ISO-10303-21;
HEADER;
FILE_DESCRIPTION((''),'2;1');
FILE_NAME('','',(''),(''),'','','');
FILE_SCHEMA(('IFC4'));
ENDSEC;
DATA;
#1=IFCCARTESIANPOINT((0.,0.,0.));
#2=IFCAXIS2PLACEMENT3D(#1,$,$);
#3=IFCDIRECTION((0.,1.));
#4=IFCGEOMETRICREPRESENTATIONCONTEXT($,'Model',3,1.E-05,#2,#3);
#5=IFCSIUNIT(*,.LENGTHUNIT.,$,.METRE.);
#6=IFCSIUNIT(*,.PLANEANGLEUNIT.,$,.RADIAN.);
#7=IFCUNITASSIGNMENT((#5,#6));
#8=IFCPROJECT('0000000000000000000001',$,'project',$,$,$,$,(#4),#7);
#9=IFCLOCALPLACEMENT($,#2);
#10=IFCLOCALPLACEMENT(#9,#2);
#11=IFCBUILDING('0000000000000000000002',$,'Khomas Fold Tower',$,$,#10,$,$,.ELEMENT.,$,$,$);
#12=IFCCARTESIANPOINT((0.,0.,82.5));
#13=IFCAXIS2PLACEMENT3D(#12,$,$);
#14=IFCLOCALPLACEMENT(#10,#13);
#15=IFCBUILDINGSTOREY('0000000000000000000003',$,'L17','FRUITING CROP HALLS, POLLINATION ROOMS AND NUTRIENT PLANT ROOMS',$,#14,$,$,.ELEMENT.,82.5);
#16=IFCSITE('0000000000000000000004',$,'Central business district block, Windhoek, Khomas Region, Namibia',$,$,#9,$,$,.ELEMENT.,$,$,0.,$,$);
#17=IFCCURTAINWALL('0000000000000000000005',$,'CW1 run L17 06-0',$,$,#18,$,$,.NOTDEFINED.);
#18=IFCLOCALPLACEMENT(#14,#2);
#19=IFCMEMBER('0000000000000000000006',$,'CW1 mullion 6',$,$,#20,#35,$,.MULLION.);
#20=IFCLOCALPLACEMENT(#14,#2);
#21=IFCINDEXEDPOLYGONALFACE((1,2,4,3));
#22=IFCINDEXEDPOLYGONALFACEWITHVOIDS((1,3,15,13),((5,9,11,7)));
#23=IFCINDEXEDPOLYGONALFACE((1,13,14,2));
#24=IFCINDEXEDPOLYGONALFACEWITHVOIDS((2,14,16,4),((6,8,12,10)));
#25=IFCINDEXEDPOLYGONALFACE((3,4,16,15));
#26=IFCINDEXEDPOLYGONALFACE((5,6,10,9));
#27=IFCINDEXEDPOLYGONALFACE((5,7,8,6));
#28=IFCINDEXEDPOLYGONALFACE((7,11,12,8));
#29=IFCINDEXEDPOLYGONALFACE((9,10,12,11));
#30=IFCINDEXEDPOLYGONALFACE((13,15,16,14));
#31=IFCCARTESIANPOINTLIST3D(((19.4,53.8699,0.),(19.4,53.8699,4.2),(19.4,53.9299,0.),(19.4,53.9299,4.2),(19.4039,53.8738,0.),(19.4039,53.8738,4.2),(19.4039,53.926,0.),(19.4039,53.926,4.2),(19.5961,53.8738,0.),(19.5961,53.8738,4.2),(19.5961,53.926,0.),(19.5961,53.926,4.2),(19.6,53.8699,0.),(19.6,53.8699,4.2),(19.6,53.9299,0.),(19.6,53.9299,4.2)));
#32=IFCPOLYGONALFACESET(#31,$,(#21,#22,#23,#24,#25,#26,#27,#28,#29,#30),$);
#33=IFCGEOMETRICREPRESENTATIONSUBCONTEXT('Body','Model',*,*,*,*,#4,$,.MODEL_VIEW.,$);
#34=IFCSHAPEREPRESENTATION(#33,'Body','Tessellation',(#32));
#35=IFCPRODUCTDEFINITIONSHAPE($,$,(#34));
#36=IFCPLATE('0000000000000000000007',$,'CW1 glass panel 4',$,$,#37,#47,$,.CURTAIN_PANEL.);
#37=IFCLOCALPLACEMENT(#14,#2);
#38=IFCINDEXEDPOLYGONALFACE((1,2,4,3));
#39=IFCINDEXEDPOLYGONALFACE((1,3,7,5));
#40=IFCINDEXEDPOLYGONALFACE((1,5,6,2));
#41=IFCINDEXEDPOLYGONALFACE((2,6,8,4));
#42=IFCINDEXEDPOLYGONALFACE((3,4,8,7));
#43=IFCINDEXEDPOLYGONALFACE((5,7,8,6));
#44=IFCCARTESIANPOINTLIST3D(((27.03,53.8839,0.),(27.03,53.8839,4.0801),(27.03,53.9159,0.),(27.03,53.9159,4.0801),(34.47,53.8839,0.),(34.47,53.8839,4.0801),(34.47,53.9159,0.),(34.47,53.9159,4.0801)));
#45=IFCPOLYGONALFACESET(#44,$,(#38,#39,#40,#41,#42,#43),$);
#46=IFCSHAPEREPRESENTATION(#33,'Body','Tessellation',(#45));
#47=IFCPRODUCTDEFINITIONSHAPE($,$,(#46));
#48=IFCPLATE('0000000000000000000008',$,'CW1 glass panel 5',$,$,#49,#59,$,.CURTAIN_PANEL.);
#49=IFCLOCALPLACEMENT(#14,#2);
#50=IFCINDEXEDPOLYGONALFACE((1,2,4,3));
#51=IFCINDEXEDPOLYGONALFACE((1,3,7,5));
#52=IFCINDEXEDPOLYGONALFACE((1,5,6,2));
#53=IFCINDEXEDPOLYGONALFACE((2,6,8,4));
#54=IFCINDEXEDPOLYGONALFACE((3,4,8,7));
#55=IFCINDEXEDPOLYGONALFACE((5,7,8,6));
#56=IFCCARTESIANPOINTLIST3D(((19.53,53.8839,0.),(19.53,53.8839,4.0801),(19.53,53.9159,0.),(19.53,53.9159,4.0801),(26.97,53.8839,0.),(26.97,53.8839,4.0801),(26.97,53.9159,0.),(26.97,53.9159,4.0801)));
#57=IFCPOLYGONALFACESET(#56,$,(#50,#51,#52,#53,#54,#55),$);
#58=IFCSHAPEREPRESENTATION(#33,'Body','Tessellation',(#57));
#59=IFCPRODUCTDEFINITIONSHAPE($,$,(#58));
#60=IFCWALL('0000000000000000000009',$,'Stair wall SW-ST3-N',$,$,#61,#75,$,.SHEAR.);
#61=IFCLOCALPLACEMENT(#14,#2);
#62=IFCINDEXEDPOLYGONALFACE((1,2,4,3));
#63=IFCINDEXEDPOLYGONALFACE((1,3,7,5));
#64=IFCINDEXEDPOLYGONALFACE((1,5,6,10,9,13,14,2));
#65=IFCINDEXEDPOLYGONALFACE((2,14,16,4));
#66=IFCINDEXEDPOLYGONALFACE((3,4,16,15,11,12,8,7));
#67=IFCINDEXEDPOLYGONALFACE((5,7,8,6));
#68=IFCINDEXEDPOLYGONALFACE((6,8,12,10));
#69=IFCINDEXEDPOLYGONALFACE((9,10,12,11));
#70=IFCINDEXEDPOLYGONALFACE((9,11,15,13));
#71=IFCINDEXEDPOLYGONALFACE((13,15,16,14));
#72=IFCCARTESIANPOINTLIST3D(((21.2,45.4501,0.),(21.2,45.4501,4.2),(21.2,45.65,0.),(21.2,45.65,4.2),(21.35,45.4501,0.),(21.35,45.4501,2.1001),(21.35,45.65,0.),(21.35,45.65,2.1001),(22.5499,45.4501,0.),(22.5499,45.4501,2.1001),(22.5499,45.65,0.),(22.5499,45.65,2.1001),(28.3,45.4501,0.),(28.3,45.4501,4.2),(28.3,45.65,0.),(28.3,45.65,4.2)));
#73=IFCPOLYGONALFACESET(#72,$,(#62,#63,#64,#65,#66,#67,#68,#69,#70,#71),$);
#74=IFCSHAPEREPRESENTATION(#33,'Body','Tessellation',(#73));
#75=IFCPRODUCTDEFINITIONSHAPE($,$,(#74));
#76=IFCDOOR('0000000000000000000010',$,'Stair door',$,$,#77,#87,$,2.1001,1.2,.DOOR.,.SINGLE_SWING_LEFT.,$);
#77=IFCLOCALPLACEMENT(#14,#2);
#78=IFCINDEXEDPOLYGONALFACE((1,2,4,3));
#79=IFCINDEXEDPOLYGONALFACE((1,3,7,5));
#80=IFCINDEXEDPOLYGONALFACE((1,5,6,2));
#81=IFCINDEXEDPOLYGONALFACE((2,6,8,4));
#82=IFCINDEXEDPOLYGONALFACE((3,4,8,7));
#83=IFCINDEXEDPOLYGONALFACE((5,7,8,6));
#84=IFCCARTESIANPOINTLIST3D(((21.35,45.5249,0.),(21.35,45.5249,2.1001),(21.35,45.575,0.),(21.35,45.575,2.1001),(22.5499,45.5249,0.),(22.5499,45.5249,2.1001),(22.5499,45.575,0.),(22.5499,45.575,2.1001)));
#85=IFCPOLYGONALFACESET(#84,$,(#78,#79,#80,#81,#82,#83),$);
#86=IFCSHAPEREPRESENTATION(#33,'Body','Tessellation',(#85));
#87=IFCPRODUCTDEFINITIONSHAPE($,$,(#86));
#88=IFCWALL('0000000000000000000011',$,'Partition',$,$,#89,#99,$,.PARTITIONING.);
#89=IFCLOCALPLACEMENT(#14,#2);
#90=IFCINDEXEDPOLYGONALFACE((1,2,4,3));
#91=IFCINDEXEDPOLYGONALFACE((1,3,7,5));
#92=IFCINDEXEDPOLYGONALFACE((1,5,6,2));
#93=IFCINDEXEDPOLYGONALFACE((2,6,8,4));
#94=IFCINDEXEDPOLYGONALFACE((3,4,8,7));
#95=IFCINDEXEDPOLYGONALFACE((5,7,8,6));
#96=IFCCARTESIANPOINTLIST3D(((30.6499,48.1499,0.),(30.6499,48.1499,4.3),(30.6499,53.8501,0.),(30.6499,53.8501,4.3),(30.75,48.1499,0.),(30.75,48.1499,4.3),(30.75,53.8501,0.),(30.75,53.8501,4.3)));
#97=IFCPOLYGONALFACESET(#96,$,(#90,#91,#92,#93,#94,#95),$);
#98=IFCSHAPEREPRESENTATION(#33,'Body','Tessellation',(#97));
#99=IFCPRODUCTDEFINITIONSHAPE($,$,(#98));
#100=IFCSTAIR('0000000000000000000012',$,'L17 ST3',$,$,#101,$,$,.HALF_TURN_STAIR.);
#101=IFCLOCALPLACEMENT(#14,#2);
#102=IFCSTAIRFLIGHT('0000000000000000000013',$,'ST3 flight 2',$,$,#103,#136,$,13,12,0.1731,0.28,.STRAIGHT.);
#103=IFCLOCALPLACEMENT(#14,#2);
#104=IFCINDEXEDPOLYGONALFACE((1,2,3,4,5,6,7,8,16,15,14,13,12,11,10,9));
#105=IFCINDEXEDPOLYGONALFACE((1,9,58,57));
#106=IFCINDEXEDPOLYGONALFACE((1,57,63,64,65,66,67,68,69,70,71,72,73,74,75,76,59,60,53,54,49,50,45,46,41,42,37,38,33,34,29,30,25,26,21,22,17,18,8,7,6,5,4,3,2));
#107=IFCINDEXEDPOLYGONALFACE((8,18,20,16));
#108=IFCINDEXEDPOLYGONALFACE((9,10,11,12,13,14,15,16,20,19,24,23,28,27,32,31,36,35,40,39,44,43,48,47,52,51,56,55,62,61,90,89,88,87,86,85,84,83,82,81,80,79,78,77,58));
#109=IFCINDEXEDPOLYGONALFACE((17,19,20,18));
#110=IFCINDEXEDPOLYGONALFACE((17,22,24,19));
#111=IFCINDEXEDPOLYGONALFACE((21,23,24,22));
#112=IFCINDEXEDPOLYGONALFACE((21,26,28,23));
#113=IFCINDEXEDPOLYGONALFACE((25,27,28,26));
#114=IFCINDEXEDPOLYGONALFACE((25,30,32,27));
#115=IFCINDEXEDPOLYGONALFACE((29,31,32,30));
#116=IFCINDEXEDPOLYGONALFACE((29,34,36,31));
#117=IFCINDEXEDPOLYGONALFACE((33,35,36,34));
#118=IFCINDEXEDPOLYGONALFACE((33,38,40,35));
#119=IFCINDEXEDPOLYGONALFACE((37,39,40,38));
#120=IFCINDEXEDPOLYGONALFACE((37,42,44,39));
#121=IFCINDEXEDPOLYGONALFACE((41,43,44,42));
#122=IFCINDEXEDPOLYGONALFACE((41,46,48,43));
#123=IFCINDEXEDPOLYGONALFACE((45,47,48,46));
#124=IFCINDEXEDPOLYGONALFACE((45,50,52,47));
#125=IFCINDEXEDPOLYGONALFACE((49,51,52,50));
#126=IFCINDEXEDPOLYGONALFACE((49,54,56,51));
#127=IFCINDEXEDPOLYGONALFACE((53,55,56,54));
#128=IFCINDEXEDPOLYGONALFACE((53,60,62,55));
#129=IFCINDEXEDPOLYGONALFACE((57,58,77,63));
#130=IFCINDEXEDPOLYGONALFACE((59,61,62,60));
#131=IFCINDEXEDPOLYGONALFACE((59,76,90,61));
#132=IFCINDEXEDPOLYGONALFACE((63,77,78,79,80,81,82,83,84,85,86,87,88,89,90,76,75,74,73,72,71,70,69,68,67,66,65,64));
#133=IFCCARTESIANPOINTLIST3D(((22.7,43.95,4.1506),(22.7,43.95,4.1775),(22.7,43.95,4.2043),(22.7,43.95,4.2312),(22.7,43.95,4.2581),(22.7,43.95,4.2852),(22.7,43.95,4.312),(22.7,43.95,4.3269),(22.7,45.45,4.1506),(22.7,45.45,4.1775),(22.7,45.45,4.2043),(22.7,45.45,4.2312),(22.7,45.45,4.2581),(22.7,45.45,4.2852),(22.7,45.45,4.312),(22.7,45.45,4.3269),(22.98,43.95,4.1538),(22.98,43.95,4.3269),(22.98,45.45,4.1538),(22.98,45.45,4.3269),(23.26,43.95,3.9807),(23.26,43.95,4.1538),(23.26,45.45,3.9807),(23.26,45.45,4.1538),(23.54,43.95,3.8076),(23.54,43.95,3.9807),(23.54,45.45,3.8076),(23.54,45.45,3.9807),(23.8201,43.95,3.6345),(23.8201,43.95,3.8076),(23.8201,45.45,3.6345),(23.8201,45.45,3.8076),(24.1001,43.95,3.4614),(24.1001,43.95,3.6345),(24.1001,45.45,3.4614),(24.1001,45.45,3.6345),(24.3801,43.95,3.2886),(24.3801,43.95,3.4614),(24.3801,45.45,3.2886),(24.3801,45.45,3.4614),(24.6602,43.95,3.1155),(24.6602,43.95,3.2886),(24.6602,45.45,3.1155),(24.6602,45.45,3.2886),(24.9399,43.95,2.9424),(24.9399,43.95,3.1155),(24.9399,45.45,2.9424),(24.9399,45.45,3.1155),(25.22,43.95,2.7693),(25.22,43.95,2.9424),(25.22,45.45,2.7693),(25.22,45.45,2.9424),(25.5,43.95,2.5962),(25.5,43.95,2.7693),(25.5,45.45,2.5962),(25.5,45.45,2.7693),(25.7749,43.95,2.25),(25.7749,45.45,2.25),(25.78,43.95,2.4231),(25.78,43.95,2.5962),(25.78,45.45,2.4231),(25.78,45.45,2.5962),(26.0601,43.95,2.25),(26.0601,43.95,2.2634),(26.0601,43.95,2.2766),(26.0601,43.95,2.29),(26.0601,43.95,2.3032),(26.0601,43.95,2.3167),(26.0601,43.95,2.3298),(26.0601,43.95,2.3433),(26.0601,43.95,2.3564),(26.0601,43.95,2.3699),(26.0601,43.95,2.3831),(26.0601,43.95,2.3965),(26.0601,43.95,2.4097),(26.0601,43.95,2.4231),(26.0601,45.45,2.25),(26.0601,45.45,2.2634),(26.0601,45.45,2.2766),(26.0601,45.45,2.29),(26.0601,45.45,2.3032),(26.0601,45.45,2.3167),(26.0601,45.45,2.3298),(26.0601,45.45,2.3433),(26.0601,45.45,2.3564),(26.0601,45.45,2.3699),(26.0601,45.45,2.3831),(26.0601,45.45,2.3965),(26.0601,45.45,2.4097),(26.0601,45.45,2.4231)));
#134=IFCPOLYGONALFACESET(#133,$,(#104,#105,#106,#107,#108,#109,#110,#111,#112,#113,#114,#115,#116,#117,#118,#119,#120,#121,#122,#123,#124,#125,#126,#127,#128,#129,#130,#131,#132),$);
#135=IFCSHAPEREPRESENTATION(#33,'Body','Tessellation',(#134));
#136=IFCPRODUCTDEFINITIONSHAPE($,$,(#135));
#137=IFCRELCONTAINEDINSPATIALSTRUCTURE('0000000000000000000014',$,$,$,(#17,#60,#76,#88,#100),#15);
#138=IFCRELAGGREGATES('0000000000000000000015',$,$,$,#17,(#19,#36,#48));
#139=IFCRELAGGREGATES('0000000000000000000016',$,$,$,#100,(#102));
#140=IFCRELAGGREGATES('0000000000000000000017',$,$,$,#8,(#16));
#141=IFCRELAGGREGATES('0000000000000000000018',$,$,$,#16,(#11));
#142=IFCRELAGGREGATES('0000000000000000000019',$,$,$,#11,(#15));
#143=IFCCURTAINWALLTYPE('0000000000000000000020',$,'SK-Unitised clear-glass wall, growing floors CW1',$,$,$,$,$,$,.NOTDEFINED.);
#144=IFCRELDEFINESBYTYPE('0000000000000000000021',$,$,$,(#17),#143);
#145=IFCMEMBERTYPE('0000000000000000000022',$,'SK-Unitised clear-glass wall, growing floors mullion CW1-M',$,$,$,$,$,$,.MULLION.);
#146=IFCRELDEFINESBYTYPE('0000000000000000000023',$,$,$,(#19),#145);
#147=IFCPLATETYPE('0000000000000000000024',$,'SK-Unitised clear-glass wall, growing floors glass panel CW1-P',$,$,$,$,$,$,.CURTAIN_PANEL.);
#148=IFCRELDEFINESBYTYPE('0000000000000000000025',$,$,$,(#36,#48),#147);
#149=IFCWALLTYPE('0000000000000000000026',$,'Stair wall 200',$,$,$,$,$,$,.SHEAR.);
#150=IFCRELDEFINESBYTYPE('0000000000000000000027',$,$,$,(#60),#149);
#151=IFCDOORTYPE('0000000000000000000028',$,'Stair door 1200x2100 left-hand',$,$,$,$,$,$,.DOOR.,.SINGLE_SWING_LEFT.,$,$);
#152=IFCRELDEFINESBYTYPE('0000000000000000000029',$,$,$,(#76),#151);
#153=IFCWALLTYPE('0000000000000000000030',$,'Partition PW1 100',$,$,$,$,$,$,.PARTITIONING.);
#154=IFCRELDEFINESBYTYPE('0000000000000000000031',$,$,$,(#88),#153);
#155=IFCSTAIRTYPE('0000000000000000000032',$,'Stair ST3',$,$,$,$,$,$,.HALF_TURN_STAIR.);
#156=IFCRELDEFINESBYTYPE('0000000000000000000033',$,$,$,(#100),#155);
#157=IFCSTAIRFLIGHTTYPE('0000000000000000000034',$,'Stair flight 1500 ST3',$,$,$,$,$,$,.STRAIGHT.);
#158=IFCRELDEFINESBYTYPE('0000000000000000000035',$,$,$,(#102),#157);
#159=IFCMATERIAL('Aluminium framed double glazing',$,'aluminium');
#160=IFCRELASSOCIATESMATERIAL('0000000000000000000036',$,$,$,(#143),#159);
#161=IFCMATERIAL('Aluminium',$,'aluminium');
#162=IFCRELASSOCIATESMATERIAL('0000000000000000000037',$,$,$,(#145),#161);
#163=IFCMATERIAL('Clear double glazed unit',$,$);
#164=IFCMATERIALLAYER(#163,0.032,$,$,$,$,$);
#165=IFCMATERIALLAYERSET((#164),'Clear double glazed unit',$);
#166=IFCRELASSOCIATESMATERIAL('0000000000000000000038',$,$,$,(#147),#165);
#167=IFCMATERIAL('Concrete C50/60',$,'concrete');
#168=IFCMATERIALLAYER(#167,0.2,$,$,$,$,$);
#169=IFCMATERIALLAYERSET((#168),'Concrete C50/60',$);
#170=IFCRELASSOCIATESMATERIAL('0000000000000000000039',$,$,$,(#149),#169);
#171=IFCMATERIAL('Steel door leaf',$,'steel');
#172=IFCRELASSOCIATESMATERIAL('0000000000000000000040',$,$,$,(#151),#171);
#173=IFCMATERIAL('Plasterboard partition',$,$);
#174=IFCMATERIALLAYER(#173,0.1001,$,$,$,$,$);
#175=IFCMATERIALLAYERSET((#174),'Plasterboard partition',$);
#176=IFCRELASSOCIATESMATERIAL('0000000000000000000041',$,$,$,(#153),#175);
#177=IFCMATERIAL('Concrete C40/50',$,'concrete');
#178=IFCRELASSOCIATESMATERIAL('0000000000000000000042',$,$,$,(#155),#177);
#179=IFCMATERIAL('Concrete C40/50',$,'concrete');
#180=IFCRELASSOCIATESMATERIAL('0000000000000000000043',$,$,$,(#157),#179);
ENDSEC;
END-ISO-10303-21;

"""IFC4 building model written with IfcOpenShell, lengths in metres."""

from ifc_helpers import new_model, si_unit, direction, frame, frame_2d, origin, origin_2d, place, context, subcontext, project, spatial, polyline, rectangle, hollow_rectangle, outline, extrude, source, transform, mapped, material, layer, layer_set, material_profile, profile_set, type_object, element, fill, aggregate, save


model = new_model("IFC4")

# Units and contexts
model_context = context("Model", 3, precision=1e-05, world=origin(), true_north=direction((0.0, 1.0)))
body_context = subcontext(model_context, "Body", "Model", "MODEL_VIEW")
ifc_project = project(units=[si_unit("LENGTHUNIT", "METRE"), si_unit("PLANEANGLEUNIT", "RADIAN")], contexts=[model_context])

# Site, building, storey
site_placement = place(None, origin())
site = spatial("IfcSite", under=ifc_project, at=site_placement, Name="Central business district block, Windhoek, Khomas Region, Namibia", CompositionType="ELEMENT", RefElevation=0.0)
building_placement = place(site_placement, origin())
building = spatial("IfcBuilding", under=site, at=building_placement, Name="Khomas Fold Tower", CompositionType="ELEMENT")
storey_placement = place(building_placement, frame((0.0, 0.0, 82.5)))
storey = spatial("IfcBuildingStorey", under=building, at=storey_placement, Name="L17", Description="FRUITING CROP HALLS, POLLINATION ROOMS AND NUTRIENT PLANT ROOMS", CompositionType="ELEMENT", Elevation=82.5)

# Curtain wall, member, plates
ifc_material_1 = material(Name="Aluminium framed double glazing", Category="aluminium")
curtain_wall_type = type_object("IfcCurtainWallType", Name="SK-Unitised clear-glass wall, growing floors CW1", PredefinedType="NOTDEFINED", material=ifc_material_1)
curtain_wall_placement = place(storey_placement, origin())
curtain_wall = element("IfcCurtainWall", 1, at=curtain_wall_placement, inside=storey, type_object=curtain_wall_type, Name="CW1 run L17 06-0", PredefinedType="NOTDEFINED")
ifc_material_2 = material(Name="Aluminium", Category="aluminium")
ifc_material_profile_1 = material_profile(ifc_material_2, hollow_rectangle(XDim=0.0601, YDim=0.2, WallThickness=0.0039, at=origin_2d()), Name="SK-Unitised clear-glass wall, growing floors mullion CW1-M")
ifc_profile_set_1 = profile_set([ifc_material_profile_1], Name="Aluminium")
member_type_1 = type_object("IfcMemberType", Name="SK-Unitised clear-glass wall, growing floors mullion CW1-M", PredefinedType="MULLION", material=ifc_profile_set_1)
shared_shape_1 = source(origin(), body_context, "Body", "SweptSolid", [
    extrude(hollow_rectangle(XDim=0.0601, YDim=0.2, WallThickness=0.0039, at=origin_2d()), origin(), (0.0, 0.0, 1.0), 4.2),
])
member_1_placement = place(storey_placement, frame((19.5, 53.8999, 0.0), z_axis=(0.0, 0.0, 1.0), x_axis=(0.0, -1.0, 0.0)))
member_1 = element("IfcMember", 2, at=member_1_placement, type_object=member_type_1, Name="CW1 mullion 6", PredefinedType="MULLION", context=body_context, shape_type="MappedRepresentation", body=[
    mapped(shared_shape_1, transform((0.0, 0.0, 0.0))),
])
ifc_material_3 = material(Name="Clear double glazed unit")
ifc_layer_1 = layer(ifc_material_3, 0.032)
ifc_layer_set_1 = layer_set([ifc_layer_1], Name="Clear double glazed unit")
plate_type = type_object("IfcPlateType", Name="SK-Unitised clear-glass wall, growing floors glass panel CW1-P", PredefinedType="CURTAIN_PANEL", material=ifc_layer_set_1)
shared_shape_2 = source(origin(), body_context, "Body", "SweptSolid", [
    extrude(rectangle(XDim=7.4399, YDim=0.032, at=origin_2d()), origin(), (0.0, 0.0, 1.0), 4.0801),
])
plate_1_placement = place(storey_placement, frame((30.75, 53.8999, 0.0), z_axis=(0.0, 0.0, 1.0), x_axis=(-1.0, 0.0, 0.0)))
plate_1 = element("IfcPlate", 3, at=plate_1_placement, type_object=plate_type, Name="CW1 glass panel 4", PredefinedType="CURTAIN_PANEL", context=body_context, shape_type="MappedRepresentation", body=[
    mapped(shared_shape_2, transform((0.0, 0.0, 0.0))),
])
plate_2_placement = place(storey_placement, frame((23.25, 53.8999, 0.0), z_axis=(0.0, 0.0, 1.0), x_axis=(-1.0, 0.0, 0.0)))
plate_2 = element("IfcPlate", 4, at=plate_2_placement, type_object=plate_type, Name="CW1 glass panel 5", PredefinedType="CURTAIN_PANEL", context=body_context, shape_type="MappedRepresentation", body=[
    mapped(shared_shape_2, transform((0.0, 0.0, 0.0))),
])
aggregate(curtain_wall, [member_1, plate_1, plate_2])

# Wall, opening, door
ifc_material_4 = material(Name="Concrete C50/60", Category="concrete")
ifc_layer_2 = layer(ifc_material_4, 0.2)
ifc_layer_set_2 = layer_set([ifc_layer_2], Name="Concrete C50/60")
wall_type_1 = type_object("IfcWallType", Name="Stair wall 200", PredefinedType="SHEAR", material=ifc_layer_set_2)
shared_shape_3 = source(origin(), body_context, "Body", "SweptSolid", [
    extrude(rectangle(XDim=7.1001, YDim=0.2, at=frame_2d((3.55, 0.0))), origin(), (0.0, 0.0, 1.0), 4.2),
])
wall_1_placement = place(storey_placement, frame((21.2, 45.55, 0.0), z_axis=(0.0, 0.0, 1.0), x_axis=(1.0, 0.0, 0.0)))
wall_1 = element("IfcWall", 5, at=wall_1_placement, inside=storey, type_object=wall_type_1, Name="Stair wall SW-ST3-N", PredefinedType="SHEAR", context=body_context, shape_type="MappedRepresentation", body=[
    mapped(shared_shape_3, transform((0.0, 0.0, 0.0))),
])
shared_shape_4 = source(origin(), body_context, "Body", "SweptSolid", [
    extrude(rectangle(XDim=1.2, YDim=2.1001, at=frame_2d((0.6001, 1.05))), frame((0.0, 0.1099, 0.0), z_axis=(0.0, -1.0, 0.0), x_axis=(1.0, 0.0, 0.0)), (0.0, 0.0, 1.0), 0.22),
])
opening_placement = place(wall_1_placement, frame((0.1499, 0.0, 0.0)))
opening = element("IfcOpeningElement", 6, at=opening_placement, cuts=wall_1, PredefinedType="OPENING", context=body_context, shape_type="MappedRepresentation", body=[
    mapped(shared_shape_4, transform((0.0, 0.0, 0.0))),
])
ifc_material_5 = material(Name="Steel door leaf", Category="steel")
door_type = type_object("IfcDoorType", Name="Stair door 1200x2100 left-hand", OperationType="SINGLE_SWING_LEFT", PredefinedType="DOOR", material=ifc_material_5)
shared_shape_5 = source(origin(), body_context, "Body", "SweptSolid", [
    extrude(rectangle(XDim=1.2, YDim=2.1001, at=frame_2d((0.6001, 1.05))), frame((0.0, 0.0249, 0.0), z_axis=(0.0, -1.0, 0.0), x_axis=(1.0, 0.0, 0.0)), (0.0, 0.0, 1.0), 0.05),
])
door_placement = place(opening_placement, origin())
door = element("IfcDoor", 7, at=door_placement, inside=storey, type_object=door_type, Name="Stair door", OperationType="SINGLE_SWING_LEFT", OverallHeight=2.1001, OverallWidth=1.2, PredefinedType="DOOR", context=body_context, shape_type="MappedRepresentation", body=[
    mapped(shared_shape_5, transform((0.0, 0.0, 0.0))),
])
fill(opening, door)

# Wall
ifc_material_6 = material(Name="Plasterboard partition")
ifc_layer_3 = layer(ifc_material_6, 0.1001)
ifc_layer_set_3 = layer_set([ifc_layer_3], Name="Plasterboard partition")
wall_type_2 = type_object("IfcWallType", Name="Partition PW1 100", PredefinedType="PARTITIONING", material=ifc_layer_set_3)
shared_shape_6 = source(origin(), body_context, "Body", "SweptSolid", [
    extrude(rectangle(XDim=5.7002, YDim=0.1001, at=frame_2d((2.8501, 0.0))), origin(), (0.0, 0.0, 1.0), 4.3),
])
wall_2_placement = place(storey_placement, frame((30.7, 48.1499, 0.0), z_axis=(0.0, 0.0, 1.0), x_axis=(0.0, 1.0, 0.0)))
element("IfcWall", 8, at=wall_2_placement, inside=storey, type_object=wall_type_2, Name="Partition", PredefinedType="PARTITIONING", context=body_context, shape_type="MappedRepresentation", body=[
    mapped(shared_shape_6, transform((0.0, 0.0, 0.0))),
])

# Stair, stair flight
ifc_material_7 = material(Name="Concrete C40/50", Category="concrete")
stair_type = type_object("IfcStairType", Name="Stair ST3", PredefinedType="HALF_TURN_STAIR", material=ifc_material_7)
stair_placement = place(storey_placement, origin())
stair = element("IfcStair", 9, at=stair_placement, inside=storey, type_object=stair_type, Name="L17 ST3", PredefinedType="HALF_TURN_STAIR")
ifc_material_8 = material(Name="Concrete C40/50", Category="concrete")
stair_flight_type = type_object("IfcStairFlightType", Name="Stair flight 1500 ST3", PredefinedType="STRAIGHT", material=ifc_material_8)
shared_shape_7 = source(origin(), body_context, "Body", "SweptSolid", [
    extrude(outline(polyline([(0.0, 0.0), (0.0, 0.0134), (0.0, 0.0266), (0.0, 0.04), (0.0, 0.0532), (0.0, 0.0667), (0.0, 0.0798), (0.0, 0.0933), (0.0, 0.1064), (0.0, 0.1199), (0.0, 0.1331), (0.0, 0.1465), (0.0, 0.1597), (0.0, 0.1731), (0.28, 0.1731), (0.28, 0.3462), (0.5601, 0.3462), (0.5601, 0.5193), (0.8401, 0.5193), (0.8401, 0.6924), (1.1201, 0.6924), (1.1201, 0.8655), (1.3999, 0.8655), (1.3999, 1.0386), (1.6799, 1.0386), (1.6799, 1.2114), (1.96, 1.2114), (1.96, 1.3845), (2.24, 1.3845), (2.24, 1.5576), (2.52, 1.5576), (2.52, 1.7307), (2.8, 1.7307), (2.8, 1.9038), (3.0801, 1.9038), (3.0801, 2.0769), (3.3601, 2.0769), (3.3601, 2.25), (3.3601, 2.2231), (3.3601, 2.1963), (3.3601, 2.1694), (3.3601, 2.1426), (3.3601, 2.1157), (3.3601, 2.0889), (3.3601, 2.062), (3.3601, 2.0352), (3.3601, 2.0081), (3.3601, 1.9812), (3.3601, 1.9543), (3.3601, 1.9275), (3.3601, 1.9006), (0.2852, 0.0), (0.0, 0.0)])), frame((0.0, 0.75, 0.0), z_axis=(0.0, -1.0, 0.0), x_axis=(1.0, 0.0, 0.0)), (0.0, 0.0, 1.0), 1.5),
])
stair_flight_placement = place(storey_placement, frame((26.0601, 44.7, 2.25), z_axis=(0.0, 0.0, 1.0), x_axis=(-1.0, 0.0, 0.0)))
stair_flight = element("IfcStairFlight", 10, at=stair_flight_placement, type_object=stair_flight_type, Name="ST3 flight 2", NumberOfRisers=13, NumberOfTreads=12, PredefinedType="STRAIGHT", RiserHeight=0.1731, TreadLength=0.28, context=body_context, shape_type="MappedRepresentation", body=[
    mapped(shared_shape_7, transform((0.0, 0.0, 0.0))),
])
aggregate(stair, [stair_flight])

save(model, "model.ifc")
